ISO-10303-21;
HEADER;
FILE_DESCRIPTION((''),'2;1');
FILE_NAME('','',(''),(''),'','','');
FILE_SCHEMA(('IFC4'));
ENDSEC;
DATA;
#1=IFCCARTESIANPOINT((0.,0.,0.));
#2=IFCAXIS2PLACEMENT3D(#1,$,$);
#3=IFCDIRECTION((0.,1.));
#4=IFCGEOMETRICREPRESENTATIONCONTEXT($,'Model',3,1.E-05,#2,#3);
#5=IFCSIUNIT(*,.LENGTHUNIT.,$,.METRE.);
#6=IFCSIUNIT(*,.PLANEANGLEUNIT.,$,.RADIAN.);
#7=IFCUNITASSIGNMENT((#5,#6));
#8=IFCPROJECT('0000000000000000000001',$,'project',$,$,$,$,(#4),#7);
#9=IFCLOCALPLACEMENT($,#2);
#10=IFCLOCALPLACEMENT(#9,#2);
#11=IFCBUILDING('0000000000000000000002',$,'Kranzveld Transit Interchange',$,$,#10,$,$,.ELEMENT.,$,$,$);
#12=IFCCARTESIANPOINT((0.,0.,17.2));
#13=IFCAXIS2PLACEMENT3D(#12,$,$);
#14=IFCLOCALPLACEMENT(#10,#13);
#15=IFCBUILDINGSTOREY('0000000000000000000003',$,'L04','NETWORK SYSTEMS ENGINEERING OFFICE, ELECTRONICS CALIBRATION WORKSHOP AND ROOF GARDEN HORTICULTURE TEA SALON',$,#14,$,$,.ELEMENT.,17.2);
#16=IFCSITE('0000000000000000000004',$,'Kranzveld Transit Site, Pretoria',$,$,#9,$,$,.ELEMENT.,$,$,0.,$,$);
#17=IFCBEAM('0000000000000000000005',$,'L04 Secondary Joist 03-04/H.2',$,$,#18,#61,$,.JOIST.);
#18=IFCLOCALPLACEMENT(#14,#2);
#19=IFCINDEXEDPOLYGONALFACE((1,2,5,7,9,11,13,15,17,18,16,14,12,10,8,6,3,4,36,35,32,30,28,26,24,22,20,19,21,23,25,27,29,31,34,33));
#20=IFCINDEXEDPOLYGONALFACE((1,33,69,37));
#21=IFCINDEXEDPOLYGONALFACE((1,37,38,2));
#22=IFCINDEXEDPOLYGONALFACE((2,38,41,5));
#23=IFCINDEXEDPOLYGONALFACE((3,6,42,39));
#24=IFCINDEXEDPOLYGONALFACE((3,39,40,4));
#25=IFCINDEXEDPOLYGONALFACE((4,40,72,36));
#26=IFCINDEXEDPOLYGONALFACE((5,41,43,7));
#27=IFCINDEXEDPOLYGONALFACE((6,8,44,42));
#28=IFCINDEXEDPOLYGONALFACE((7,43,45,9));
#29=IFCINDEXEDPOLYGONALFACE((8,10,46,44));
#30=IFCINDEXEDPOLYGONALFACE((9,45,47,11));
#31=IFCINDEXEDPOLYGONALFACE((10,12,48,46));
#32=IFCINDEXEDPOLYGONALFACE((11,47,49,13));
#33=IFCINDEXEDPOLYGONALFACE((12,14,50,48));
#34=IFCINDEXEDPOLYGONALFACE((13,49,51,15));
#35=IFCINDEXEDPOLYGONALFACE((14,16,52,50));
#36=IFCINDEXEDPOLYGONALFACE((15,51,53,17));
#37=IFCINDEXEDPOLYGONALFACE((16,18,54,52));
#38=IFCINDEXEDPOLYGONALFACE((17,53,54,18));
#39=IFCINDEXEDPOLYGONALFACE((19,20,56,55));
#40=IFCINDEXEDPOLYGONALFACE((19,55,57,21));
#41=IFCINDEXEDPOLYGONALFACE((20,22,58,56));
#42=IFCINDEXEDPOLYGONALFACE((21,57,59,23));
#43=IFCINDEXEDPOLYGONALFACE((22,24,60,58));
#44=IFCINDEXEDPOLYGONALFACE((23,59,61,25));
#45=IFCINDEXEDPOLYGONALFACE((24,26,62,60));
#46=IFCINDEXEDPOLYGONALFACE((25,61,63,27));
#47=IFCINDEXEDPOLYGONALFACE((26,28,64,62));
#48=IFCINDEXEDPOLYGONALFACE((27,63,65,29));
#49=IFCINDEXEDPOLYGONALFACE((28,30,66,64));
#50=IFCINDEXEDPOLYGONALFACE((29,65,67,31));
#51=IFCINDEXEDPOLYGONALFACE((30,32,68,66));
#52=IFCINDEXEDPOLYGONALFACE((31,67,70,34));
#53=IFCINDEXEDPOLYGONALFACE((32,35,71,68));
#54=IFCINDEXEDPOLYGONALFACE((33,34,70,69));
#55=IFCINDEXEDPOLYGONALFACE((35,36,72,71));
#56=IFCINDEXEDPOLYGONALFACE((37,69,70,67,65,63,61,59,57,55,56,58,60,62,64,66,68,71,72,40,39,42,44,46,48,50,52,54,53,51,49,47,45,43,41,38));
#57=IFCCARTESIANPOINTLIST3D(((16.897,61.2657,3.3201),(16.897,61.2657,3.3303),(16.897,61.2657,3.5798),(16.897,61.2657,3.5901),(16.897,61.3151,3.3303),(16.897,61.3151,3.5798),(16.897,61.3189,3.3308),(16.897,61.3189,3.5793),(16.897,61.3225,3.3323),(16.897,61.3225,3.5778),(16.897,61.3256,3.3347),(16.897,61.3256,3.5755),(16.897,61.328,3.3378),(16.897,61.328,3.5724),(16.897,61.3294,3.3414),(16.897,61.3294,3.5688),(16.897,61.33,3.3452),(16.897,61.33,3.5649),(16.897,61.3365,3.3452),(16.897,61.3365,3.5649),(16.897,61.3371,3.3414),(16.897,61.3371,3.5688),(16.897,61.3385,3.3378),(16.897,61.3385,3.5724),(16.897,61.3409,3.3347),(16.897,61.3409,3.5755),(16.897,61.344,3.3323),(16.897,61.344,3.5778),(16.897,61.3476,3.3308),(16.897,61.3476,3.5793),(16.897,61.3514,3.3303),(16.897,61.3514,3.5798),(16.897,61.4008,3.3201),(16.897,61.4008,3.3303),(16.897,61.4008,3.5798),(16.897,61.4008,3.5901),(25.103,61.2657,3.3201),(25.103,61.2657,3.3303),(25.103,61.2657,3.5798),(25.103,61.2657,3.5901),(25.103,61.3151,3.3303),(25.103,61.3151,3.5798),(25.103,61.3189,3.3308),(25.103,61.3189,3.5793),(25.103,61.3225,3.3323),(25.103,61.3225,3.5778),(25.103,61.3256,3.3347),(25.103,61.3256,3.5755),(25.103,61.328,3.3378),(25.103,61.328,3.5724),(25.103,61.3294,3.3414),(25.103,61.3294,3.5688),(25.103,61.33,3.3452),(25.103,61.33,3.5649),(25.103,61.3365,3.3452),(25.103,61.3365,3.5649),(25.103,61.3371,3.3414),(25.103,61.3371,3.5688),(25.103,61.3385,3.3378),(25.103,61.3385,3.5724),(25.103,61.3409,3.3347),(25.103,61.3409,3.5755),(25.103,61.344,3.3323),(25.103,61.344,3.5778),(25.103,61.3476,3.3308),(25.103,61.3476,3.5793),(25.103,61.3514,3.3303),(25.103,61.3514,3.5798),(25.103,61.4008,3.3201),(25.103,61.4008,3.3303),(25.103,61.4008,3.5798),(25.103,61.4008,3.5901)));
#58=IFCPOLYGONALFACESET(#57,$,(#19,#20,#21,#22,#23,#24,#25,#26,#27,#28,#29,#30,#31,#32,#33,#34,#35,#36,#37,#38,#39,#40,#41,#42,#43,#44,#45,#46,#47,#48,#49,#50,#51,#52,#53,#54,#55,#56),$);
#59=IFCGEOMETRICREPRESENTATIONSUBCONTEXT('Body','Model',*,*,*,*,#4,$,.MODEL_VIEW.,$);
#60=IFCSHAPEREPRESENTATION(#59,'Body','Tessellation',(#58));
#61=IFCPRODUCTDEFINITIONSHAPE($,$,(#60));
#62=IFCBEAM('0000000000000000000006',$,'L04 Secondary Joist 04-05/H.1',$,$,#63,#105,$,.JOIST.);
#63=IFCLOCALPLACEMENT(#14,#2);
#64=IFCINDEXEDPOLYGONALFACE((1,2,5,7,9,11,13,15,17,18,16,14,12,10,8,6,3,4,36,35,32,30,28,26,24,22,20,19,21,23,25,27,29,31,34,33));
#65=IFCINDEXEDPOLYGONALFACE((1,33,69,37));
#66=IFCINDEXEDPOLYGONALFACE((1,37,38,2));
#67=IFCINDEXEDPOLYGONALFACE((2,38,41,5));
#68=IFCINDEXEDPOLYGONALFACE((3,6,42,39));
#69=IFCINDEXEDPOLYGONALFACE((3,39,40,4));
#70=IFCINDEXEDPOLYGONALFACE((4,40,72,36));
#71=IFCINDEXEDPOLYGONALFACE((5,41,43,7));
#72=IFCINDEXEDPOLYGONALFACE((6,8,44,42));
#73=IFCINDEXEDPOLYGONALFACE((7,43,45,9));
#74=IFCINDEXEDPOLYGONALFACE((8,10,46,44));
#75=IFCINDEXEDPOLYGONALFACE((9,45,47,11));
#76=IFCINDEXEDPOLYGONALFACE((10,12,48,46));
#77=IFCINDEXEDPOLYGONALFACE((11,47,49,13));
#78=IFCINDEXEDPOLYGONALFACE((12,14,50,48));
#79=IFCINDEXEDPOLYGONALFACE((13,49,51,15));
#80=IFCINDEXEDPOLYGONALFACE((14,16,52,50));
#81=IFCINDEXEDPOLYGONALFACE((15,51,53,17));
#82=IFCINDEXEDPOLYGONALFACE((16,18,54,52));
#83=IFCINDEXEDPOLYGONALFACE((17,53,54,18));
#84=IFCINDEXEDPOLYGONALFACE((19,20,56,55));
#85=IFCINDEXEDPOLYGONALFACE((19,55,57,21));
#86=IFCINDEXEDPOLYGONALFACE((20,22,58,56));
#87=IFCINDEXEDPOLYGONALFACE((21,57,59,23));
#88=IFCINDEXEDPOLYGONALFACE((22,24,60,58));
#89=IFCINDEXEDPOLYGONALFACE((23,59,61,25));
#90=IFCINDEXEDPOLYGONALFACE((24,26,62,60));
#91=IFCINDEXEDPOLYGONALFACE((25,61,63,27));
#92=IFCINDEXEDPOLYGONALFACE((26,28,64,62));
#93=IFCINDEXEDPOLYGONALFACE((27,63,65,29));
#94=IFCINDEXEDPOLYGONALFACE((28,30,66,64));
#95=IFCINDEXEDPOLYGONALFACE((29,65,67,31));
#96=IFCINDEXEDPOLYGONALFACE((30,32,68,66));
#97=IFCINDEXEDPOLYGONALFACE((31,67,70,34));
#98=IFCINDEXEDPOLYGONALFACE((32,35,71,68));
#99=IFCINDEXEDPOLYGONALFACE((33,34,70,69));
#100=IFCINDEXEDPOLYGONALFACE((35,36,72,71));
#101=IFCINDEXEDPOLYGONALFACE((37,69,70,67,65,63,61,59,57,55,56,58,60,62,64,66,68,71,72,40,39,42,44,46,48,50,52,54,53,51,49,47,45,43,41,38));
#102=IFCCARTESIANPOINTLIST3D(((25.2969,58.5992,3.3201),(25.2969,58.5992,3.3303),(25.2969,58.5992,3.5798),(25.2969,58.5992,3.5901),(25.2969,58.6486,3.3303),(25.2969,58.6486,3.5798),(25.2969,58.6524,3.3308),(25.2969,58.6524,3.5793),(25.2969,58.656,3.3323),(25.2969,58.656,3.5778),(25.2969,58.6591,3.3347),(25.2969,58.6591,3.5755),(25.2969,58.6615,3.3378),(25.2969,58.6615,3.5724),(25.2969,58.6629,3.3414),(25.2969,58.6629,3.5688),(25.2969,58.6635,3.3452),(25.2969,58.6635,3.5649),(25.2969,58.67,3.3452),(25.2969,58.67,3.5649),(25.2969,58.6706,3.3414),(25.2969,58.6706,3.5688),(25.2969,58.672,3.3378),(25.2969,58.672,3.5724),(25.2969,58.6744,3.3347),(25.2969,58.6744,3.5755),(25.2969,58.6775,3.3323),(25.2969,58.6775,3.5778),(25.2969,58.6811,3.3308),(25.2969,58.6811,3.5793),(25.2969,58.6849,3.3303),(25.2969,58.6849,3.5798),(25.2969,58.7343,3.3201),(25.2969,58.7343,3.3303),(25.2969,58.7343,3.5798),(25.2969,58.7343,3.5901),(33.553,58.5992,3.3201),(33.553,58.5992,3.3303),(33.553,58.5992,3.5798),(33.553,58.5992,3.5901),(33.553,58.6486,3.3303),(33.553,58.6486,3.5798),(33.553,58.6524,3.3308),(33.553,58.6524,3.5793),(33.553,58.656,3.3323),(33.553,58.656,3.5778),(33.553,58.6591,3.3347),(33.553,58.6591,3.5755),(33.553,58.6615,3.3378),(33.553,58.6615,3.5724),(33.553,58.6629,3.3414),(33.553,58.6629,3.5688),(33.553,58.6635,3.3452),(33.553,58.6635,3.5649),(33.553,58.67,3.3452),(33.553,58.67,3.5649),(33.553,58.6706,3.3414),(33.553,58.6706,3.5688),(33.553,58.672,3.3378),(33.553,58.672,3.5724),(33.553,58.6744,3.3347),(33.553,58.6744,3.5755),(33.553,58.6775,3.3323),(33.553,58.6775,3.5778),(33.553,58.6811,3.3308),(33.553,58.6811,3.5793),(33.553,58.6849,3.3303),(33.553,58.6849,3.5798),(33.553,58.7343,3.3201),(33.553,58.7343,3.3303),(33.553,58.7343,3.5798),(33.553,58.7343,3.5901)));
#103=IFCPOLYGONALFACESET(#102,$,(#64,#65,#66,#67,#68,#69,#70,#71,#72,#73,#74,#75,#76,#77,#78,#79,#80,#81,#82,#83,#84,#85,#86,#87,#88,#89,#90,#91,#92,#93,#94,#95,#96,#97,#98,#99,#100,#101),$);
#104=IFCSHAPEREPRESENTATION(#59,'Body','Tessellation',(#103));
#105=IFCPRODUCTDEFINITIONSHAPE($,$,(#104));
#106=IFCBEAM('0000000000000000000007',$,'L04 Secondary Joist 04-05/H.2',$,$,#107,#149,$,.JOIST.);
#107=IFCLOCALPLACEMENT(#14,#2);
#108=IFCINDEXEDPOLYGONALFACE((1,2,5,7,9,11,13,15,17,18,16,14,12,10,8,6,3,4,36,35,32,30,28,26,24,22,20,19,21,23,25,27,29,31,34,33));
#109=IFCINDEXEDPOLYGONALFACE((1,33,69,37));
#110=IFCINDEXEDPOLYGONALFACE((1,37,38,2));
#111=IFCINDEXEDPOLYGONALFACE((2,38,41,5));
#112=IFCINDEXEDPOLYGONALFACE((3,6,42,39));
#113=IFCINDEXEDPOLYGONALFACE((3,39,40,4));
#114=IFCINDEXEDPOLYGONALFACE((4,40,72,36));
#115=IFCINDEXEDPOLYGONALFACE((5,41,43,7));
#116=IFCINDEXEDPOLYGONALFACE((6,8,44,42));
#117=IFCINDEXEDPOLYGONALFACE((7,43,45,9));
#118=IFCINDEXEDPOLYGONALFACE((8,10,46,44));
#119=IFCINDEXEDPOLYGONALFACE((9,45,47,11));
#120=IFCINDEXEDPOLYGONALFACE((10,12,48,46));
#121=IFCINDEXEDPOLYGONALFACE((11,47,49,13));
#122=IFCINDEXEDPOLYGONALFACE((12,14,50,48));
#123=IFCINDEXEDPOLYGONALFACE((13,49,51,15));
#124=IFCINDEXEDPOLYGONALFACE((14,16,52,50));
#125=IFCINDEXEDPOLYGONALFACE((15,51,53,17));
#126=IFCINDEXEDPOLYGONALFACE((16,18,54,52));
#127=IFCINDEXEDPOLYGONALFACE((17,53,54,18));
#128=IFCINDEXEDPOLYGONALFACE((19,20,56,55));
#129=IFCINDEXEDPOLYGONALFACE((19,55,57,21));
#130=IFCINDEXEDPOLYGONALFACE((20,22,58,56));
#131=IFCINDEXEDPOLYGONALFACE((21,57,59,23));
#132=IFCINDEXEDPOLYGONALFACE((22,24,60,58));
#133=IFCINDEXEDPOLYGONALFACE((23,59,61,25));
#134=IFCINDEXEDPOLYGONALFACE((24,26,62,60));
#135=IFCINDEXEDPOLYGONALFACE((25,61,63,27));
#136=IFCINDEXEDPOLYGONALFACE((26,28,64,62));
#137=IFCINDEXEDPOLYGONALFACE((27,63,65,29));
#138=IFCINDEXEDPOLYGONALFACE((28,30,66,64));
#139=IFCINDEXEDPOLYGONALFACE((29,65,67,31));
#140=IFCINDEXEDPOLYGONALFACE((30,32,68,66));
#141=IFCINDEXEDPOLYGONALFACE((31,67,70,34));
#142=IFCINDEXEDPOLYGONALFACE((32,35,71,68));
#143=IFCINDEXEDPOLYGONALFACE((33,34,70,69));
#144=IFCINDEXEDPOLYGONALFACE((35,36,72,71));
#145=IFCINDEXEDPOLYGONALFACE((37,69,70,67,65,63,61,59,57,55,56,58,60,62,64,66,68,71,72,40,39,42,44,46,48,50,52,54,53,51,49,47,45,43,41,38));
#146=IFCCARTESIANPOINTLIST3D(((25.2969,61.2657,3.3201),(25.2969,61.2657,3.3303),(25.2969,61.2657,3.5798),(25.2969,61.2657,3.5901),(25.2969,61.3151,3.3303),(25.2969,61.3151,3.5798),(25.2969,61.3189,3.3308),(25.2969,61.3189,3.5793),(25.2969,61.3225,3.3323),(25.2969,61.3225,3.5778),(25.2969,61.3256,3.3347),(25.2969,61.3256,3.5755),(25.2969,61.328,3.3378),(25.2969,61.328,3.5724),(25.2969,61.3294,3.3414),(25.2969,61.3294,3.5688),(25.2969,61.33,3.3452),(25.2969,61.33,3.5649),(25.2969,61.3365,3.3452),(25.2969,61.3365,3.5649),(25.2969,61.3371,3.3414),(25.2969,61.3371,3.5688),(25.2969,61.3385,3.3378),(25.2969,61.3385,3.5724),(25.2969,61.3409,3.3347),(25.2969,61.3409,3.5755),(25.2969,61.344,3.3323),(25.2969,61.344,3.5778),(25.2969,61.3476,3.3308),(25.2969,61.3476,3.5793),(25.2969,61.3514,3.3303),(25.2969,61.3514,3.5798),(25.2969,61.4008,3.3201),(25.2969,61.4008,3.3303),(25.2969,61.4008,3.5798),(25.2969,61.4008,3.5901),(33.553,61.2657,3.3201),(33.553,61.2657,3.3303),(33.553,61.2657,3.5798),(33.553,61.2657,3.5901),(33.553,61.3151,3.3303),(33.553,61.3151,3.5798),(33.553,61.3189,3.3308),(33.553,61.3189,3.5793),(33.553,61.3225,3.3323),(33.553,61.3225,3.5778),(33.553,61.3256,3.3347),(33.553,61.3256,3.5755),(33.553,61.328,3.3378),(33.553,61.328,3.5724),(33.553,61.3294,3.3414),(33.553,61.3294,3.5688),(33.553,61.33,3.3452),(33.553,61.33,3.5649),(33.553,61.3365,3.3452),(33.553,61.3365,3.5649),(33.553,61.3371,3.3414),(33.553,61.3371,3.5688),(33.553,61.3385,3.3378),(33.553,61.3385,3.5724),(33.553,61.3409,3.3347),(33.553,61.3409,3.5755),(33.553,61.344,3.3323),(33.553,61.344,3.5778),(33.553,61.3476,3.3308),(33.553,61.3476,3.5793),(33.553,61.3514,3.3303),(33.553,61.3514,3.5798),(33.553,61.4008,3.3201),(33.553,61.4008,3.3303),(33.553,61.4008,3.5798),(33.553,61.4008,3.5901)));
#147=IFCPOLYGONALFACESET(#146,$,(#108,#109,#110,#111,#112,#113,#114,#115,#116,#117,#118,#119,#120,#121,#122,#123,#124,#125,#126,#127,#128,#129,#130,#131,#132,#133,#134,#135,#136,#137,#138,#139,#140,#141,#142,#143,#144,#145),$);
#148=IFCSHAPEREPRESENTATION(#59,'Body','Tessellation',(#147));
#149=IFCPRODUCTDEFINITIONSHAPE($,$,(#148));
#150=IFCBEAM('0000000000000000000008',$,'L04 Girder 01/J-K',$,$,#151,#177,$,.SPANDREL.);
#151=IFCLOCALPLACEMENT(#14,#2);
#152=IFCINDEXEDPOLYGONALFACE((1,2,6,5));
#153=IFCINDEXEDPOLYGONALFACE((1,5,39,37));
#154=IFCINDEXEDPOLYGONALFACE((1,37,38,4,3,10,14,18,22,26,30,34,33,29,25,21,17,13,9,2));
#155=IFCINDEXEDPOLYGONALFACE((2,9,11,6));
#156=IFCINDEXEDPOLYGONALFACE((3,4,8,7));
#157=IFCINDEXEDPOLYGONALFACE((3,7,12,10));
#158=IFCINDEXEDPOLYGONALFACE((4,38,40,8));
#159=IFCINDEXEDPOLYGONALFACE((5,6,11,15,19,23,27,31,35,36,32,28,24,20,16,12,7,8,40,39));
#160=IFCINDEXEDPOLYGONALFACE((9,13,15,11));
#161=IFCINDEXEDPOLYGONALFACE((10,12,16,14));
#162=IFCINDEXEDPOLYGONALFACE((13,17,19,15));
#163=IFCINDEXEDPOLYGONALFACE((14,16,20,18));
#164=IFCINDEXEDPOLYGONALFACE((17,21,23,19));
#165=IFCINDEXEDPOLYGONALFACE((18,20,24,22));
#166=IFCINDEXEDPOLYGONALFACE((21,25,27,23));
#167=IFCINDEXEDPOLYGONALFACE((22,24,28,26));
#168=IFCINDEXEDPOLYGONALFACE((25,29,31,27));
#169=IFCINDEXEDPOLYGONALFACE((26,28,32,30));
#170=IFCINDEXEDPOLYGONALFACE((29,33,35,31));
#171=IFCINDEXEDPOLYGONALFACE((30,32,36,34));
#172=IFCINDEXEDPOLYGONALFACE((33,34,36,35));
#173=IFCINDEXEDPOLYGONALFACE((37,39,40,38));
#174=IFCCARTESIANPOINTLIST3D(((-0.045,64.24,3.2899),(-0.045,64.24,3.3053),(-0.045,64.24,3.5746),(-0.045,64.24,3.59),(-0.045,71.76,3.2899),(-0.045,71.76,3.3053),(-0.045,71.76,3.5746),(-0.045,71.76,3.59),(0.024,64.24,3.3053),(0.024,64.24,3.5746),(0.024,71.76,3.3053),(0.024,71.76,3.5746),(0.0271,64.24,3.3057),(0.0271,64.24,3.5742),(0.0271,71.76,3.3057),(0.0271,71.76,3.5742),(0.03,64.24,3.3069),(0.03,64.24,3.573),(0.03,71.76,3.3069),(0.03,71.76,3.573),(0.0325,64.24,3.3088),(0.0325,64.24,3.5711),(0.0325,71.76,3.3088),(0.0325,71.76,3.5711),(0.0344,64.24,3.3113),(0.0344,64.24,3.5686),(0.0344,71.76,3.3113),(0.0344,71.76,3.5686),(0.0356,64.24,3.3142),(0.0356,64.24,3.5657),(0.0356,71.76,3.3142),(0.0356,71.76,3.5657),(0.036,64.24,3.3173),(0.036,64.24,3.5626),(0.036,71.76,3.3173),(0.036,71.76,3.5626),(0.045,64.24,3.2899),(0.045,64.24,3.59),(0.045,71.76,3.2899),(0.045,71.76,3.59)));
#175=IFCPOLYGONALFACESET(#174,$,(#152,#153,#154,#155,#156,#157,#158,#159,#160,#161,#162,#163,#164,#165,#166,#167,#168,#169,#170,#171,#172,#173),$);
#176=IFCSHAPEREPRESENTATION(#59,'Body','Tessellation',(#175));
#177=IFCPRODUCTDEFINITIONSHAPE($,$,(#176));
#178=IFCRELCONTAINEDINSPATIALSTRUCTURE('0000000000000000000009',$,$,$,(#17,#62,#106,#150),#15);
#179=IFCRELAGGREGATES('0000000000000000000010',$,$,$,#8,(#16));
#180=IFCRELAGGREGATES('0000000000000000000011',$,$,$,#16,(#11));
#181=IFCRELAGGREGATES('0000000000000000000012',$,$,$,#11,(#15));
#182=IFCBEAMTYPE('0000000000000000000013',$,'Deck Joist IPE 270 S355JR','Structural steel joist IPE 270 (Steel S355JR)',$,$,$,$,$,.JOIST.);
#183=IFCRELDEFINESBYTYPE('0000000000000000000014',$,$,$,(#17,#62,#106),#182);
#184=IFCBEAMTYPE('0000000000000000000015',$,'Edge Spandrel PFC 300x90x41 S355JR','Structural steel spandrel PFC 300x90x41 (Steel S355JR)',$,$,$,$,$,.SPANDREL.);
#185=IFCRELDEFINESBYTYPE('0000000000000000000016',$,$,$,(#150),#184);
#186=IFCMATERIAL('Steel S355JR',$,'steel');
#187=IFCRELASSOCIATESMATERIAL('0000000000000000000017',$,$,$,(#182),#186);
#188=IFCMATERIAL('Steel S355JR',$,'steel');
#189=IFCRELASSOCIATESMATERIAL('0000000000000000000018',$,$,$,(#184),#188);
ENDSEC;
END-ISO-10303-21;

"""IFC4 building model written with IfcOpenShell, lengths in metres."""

from ifc_helpers import new_model, si_unit, direction, frame, origin, origin_2d, place, context, subcontext, project, spatial, i_section, u_section, extrude, material, material_profile, profile_set, type_object, element, save


model = new_model("IFC4")

# Units and contexts
model_context = context("Model", 3, precision=1e-05, world=origin(), true_north=direction((0.0, 1.0)))
body_context = subcontext(model_context, "Body", "Model", "MODEL_VIEW")
ifc_project = project(units=[si_unit("LENGTHUNIT", "METRE"), si_unit("PLANEANGLEUNIT", "RADIAN")], contexts=[model_context])

# Site, building, storey
site_placement = place(None, origin())
site = spatial("IfcSite", under=ifc_project, at=site_placement, Name="Kranzveld Transit Site, Pretoria", CompositionType="ELEMENT", RefElevation=0.0)
building_placement = place(site_placement, origin())
building = spatial("IfcBuilding", under=site, at=building_placement, Name="Kranzveld Transit Interchange", CompositionType="ELEMENT")
storey_placement = place(building_placement, frame((0.0, 0.0, 17.2)))
storey = spatial("IfcBuildingStorey", under=building, at=storey_placement, Name="L04", Description="NETWORK SYSTEMS ENGINEERING OFFICE, ELECTRONICS CALIBRATION WORKSHOP AND ROOF GARDEN HORTICULTURE TEA SALON", CompositionType="ELEMENT", Elevation=17.2)

# Beams
ifc_material_1 = material(Name="Steel S355JR", Category="steel")
ifc_material_profile_1 = material_profile(ifc_material_1, i_section(OverallWidth=0.135, OverallDepth=0.27, WebThickness=0.0066, FlangeThickness=0.0103, FilletRadius=0.0149, at=origin_2d()), Name="IPE 270")
ifc_profile_set_1 = profile_set([ifc_material_profile_1], Name="Steel S355JR")
beam_type_1 = type_object("IfcBeamType", Name="Deck Joist IPE 270 S355JR", Description="Structural steel joist IPE 270 (Steel S355JR)", PredefinedType="JOIST", material=ifc_profile_set_1)
for number, where, z_axis, x_axis, name in (
    (1, (16.897, 61.3333, 3.4551), (1.0, 0.0, 0.0), (0.0, 1.0, 0.0), "L04 Secondary Joist 03-04/H.2"),
):
    element("IfcBeam", number, at=place(storey_placement, frame(where, z_axis=z_axis, x_axis=x_axis)), inside=storey, type_object=beam_type_1, Name=name, PredefinedType="JOIST", context=body_context, shape_type="SweptSolid", body=[
        extrude(i_section(OverallWidth=0.135, OverallDepth=0.27, WebThickness=0.0066, FlangeThickness=0.0103, FilletRadius=0.0149, at=origin_2d()), origin(), (0.0, 0.0, 1.0), 8.2061),
    ])
for number, where, z_axis, x_axis, name in (
    (2, (25.2969, 58.6667, 3.4551), (1.0, 0.0, 0.0), (0.0, 1.0, 0.0), "L04 Secondary Joist 04-05/H.1"),
    (3, (25.2969, 61.3333, 3.4551), (1.0, 0.0, 0.0), (0.0, 1.0, 0.0), "L04 Secondary Joist 04-05/H.2"),
):
    element("IfcBeam", number, at=place(storey_placement, frame(where, z_axis=z_axis, x_axis=x_axis)), inside=storey, type_object=beam_type_1, Name=name, PredefinedType="JOIST", context=body_context, shape_type="SweptSolid", body=[
        extrude(i_section(OverallWidth=0.135, OverallDepth=0.27, WebThickness=0.0066, FlangeThickness=0.0103, FilletRadius=0.0149, at=origin_2d()), origin(), (0.0, 0.0, 1.0), 8.2561),
    ])
ifc_material_2 = material(Name="Steel S355JR", Category="steel")
ifc_material_profile_2 = material_profile(ifc_material_2, u_section(Depth=0.3, FlangeWidth=0.0901, WebThickness=0.009, FlangeThickness=0.0154, FilletRadius=0.012, at=origin_2d()), Name="PFC 300x90x41")
ifc_profile_set_2 = profile_set([ifc_material_profile_2], Name="Steel S355JR")
beam_type_2 = type_object("IfcBeamType", Name="Edge Spandrel PFC 300x90x41 S355JR", Description="Structural steel spandrel PFC 300x90x41 (Steel S355JR)", PredefinedType="SPANDREL", material=ifc_profile_set_2)
beam_1_placement = place(storey_placement, frame((0.0, 64.24, 3.4399), z_axis=(0.0, 1.0, 0.0), x_axis=(-1.0, 0.0, 0.0)))
element("IfcBeam", 4, at=beam_1_placement, inside=storey, type_object=beam_type_2, Name="L04 Girder 01/J-K", PredefinedType="SPANDREL", context=body_context, shape_type="SweptSolid", body=[
    extrude(u_section(Depth=0.3, FlangeWidth=0.0901, WebThickness=0.009, FlangeThickness=0.0154, FilletRadius=0.012, at=origin_2d()), origin(), (0.0, 0.0, 1.0), 7.52),
])

save(model, "model.ifc")
